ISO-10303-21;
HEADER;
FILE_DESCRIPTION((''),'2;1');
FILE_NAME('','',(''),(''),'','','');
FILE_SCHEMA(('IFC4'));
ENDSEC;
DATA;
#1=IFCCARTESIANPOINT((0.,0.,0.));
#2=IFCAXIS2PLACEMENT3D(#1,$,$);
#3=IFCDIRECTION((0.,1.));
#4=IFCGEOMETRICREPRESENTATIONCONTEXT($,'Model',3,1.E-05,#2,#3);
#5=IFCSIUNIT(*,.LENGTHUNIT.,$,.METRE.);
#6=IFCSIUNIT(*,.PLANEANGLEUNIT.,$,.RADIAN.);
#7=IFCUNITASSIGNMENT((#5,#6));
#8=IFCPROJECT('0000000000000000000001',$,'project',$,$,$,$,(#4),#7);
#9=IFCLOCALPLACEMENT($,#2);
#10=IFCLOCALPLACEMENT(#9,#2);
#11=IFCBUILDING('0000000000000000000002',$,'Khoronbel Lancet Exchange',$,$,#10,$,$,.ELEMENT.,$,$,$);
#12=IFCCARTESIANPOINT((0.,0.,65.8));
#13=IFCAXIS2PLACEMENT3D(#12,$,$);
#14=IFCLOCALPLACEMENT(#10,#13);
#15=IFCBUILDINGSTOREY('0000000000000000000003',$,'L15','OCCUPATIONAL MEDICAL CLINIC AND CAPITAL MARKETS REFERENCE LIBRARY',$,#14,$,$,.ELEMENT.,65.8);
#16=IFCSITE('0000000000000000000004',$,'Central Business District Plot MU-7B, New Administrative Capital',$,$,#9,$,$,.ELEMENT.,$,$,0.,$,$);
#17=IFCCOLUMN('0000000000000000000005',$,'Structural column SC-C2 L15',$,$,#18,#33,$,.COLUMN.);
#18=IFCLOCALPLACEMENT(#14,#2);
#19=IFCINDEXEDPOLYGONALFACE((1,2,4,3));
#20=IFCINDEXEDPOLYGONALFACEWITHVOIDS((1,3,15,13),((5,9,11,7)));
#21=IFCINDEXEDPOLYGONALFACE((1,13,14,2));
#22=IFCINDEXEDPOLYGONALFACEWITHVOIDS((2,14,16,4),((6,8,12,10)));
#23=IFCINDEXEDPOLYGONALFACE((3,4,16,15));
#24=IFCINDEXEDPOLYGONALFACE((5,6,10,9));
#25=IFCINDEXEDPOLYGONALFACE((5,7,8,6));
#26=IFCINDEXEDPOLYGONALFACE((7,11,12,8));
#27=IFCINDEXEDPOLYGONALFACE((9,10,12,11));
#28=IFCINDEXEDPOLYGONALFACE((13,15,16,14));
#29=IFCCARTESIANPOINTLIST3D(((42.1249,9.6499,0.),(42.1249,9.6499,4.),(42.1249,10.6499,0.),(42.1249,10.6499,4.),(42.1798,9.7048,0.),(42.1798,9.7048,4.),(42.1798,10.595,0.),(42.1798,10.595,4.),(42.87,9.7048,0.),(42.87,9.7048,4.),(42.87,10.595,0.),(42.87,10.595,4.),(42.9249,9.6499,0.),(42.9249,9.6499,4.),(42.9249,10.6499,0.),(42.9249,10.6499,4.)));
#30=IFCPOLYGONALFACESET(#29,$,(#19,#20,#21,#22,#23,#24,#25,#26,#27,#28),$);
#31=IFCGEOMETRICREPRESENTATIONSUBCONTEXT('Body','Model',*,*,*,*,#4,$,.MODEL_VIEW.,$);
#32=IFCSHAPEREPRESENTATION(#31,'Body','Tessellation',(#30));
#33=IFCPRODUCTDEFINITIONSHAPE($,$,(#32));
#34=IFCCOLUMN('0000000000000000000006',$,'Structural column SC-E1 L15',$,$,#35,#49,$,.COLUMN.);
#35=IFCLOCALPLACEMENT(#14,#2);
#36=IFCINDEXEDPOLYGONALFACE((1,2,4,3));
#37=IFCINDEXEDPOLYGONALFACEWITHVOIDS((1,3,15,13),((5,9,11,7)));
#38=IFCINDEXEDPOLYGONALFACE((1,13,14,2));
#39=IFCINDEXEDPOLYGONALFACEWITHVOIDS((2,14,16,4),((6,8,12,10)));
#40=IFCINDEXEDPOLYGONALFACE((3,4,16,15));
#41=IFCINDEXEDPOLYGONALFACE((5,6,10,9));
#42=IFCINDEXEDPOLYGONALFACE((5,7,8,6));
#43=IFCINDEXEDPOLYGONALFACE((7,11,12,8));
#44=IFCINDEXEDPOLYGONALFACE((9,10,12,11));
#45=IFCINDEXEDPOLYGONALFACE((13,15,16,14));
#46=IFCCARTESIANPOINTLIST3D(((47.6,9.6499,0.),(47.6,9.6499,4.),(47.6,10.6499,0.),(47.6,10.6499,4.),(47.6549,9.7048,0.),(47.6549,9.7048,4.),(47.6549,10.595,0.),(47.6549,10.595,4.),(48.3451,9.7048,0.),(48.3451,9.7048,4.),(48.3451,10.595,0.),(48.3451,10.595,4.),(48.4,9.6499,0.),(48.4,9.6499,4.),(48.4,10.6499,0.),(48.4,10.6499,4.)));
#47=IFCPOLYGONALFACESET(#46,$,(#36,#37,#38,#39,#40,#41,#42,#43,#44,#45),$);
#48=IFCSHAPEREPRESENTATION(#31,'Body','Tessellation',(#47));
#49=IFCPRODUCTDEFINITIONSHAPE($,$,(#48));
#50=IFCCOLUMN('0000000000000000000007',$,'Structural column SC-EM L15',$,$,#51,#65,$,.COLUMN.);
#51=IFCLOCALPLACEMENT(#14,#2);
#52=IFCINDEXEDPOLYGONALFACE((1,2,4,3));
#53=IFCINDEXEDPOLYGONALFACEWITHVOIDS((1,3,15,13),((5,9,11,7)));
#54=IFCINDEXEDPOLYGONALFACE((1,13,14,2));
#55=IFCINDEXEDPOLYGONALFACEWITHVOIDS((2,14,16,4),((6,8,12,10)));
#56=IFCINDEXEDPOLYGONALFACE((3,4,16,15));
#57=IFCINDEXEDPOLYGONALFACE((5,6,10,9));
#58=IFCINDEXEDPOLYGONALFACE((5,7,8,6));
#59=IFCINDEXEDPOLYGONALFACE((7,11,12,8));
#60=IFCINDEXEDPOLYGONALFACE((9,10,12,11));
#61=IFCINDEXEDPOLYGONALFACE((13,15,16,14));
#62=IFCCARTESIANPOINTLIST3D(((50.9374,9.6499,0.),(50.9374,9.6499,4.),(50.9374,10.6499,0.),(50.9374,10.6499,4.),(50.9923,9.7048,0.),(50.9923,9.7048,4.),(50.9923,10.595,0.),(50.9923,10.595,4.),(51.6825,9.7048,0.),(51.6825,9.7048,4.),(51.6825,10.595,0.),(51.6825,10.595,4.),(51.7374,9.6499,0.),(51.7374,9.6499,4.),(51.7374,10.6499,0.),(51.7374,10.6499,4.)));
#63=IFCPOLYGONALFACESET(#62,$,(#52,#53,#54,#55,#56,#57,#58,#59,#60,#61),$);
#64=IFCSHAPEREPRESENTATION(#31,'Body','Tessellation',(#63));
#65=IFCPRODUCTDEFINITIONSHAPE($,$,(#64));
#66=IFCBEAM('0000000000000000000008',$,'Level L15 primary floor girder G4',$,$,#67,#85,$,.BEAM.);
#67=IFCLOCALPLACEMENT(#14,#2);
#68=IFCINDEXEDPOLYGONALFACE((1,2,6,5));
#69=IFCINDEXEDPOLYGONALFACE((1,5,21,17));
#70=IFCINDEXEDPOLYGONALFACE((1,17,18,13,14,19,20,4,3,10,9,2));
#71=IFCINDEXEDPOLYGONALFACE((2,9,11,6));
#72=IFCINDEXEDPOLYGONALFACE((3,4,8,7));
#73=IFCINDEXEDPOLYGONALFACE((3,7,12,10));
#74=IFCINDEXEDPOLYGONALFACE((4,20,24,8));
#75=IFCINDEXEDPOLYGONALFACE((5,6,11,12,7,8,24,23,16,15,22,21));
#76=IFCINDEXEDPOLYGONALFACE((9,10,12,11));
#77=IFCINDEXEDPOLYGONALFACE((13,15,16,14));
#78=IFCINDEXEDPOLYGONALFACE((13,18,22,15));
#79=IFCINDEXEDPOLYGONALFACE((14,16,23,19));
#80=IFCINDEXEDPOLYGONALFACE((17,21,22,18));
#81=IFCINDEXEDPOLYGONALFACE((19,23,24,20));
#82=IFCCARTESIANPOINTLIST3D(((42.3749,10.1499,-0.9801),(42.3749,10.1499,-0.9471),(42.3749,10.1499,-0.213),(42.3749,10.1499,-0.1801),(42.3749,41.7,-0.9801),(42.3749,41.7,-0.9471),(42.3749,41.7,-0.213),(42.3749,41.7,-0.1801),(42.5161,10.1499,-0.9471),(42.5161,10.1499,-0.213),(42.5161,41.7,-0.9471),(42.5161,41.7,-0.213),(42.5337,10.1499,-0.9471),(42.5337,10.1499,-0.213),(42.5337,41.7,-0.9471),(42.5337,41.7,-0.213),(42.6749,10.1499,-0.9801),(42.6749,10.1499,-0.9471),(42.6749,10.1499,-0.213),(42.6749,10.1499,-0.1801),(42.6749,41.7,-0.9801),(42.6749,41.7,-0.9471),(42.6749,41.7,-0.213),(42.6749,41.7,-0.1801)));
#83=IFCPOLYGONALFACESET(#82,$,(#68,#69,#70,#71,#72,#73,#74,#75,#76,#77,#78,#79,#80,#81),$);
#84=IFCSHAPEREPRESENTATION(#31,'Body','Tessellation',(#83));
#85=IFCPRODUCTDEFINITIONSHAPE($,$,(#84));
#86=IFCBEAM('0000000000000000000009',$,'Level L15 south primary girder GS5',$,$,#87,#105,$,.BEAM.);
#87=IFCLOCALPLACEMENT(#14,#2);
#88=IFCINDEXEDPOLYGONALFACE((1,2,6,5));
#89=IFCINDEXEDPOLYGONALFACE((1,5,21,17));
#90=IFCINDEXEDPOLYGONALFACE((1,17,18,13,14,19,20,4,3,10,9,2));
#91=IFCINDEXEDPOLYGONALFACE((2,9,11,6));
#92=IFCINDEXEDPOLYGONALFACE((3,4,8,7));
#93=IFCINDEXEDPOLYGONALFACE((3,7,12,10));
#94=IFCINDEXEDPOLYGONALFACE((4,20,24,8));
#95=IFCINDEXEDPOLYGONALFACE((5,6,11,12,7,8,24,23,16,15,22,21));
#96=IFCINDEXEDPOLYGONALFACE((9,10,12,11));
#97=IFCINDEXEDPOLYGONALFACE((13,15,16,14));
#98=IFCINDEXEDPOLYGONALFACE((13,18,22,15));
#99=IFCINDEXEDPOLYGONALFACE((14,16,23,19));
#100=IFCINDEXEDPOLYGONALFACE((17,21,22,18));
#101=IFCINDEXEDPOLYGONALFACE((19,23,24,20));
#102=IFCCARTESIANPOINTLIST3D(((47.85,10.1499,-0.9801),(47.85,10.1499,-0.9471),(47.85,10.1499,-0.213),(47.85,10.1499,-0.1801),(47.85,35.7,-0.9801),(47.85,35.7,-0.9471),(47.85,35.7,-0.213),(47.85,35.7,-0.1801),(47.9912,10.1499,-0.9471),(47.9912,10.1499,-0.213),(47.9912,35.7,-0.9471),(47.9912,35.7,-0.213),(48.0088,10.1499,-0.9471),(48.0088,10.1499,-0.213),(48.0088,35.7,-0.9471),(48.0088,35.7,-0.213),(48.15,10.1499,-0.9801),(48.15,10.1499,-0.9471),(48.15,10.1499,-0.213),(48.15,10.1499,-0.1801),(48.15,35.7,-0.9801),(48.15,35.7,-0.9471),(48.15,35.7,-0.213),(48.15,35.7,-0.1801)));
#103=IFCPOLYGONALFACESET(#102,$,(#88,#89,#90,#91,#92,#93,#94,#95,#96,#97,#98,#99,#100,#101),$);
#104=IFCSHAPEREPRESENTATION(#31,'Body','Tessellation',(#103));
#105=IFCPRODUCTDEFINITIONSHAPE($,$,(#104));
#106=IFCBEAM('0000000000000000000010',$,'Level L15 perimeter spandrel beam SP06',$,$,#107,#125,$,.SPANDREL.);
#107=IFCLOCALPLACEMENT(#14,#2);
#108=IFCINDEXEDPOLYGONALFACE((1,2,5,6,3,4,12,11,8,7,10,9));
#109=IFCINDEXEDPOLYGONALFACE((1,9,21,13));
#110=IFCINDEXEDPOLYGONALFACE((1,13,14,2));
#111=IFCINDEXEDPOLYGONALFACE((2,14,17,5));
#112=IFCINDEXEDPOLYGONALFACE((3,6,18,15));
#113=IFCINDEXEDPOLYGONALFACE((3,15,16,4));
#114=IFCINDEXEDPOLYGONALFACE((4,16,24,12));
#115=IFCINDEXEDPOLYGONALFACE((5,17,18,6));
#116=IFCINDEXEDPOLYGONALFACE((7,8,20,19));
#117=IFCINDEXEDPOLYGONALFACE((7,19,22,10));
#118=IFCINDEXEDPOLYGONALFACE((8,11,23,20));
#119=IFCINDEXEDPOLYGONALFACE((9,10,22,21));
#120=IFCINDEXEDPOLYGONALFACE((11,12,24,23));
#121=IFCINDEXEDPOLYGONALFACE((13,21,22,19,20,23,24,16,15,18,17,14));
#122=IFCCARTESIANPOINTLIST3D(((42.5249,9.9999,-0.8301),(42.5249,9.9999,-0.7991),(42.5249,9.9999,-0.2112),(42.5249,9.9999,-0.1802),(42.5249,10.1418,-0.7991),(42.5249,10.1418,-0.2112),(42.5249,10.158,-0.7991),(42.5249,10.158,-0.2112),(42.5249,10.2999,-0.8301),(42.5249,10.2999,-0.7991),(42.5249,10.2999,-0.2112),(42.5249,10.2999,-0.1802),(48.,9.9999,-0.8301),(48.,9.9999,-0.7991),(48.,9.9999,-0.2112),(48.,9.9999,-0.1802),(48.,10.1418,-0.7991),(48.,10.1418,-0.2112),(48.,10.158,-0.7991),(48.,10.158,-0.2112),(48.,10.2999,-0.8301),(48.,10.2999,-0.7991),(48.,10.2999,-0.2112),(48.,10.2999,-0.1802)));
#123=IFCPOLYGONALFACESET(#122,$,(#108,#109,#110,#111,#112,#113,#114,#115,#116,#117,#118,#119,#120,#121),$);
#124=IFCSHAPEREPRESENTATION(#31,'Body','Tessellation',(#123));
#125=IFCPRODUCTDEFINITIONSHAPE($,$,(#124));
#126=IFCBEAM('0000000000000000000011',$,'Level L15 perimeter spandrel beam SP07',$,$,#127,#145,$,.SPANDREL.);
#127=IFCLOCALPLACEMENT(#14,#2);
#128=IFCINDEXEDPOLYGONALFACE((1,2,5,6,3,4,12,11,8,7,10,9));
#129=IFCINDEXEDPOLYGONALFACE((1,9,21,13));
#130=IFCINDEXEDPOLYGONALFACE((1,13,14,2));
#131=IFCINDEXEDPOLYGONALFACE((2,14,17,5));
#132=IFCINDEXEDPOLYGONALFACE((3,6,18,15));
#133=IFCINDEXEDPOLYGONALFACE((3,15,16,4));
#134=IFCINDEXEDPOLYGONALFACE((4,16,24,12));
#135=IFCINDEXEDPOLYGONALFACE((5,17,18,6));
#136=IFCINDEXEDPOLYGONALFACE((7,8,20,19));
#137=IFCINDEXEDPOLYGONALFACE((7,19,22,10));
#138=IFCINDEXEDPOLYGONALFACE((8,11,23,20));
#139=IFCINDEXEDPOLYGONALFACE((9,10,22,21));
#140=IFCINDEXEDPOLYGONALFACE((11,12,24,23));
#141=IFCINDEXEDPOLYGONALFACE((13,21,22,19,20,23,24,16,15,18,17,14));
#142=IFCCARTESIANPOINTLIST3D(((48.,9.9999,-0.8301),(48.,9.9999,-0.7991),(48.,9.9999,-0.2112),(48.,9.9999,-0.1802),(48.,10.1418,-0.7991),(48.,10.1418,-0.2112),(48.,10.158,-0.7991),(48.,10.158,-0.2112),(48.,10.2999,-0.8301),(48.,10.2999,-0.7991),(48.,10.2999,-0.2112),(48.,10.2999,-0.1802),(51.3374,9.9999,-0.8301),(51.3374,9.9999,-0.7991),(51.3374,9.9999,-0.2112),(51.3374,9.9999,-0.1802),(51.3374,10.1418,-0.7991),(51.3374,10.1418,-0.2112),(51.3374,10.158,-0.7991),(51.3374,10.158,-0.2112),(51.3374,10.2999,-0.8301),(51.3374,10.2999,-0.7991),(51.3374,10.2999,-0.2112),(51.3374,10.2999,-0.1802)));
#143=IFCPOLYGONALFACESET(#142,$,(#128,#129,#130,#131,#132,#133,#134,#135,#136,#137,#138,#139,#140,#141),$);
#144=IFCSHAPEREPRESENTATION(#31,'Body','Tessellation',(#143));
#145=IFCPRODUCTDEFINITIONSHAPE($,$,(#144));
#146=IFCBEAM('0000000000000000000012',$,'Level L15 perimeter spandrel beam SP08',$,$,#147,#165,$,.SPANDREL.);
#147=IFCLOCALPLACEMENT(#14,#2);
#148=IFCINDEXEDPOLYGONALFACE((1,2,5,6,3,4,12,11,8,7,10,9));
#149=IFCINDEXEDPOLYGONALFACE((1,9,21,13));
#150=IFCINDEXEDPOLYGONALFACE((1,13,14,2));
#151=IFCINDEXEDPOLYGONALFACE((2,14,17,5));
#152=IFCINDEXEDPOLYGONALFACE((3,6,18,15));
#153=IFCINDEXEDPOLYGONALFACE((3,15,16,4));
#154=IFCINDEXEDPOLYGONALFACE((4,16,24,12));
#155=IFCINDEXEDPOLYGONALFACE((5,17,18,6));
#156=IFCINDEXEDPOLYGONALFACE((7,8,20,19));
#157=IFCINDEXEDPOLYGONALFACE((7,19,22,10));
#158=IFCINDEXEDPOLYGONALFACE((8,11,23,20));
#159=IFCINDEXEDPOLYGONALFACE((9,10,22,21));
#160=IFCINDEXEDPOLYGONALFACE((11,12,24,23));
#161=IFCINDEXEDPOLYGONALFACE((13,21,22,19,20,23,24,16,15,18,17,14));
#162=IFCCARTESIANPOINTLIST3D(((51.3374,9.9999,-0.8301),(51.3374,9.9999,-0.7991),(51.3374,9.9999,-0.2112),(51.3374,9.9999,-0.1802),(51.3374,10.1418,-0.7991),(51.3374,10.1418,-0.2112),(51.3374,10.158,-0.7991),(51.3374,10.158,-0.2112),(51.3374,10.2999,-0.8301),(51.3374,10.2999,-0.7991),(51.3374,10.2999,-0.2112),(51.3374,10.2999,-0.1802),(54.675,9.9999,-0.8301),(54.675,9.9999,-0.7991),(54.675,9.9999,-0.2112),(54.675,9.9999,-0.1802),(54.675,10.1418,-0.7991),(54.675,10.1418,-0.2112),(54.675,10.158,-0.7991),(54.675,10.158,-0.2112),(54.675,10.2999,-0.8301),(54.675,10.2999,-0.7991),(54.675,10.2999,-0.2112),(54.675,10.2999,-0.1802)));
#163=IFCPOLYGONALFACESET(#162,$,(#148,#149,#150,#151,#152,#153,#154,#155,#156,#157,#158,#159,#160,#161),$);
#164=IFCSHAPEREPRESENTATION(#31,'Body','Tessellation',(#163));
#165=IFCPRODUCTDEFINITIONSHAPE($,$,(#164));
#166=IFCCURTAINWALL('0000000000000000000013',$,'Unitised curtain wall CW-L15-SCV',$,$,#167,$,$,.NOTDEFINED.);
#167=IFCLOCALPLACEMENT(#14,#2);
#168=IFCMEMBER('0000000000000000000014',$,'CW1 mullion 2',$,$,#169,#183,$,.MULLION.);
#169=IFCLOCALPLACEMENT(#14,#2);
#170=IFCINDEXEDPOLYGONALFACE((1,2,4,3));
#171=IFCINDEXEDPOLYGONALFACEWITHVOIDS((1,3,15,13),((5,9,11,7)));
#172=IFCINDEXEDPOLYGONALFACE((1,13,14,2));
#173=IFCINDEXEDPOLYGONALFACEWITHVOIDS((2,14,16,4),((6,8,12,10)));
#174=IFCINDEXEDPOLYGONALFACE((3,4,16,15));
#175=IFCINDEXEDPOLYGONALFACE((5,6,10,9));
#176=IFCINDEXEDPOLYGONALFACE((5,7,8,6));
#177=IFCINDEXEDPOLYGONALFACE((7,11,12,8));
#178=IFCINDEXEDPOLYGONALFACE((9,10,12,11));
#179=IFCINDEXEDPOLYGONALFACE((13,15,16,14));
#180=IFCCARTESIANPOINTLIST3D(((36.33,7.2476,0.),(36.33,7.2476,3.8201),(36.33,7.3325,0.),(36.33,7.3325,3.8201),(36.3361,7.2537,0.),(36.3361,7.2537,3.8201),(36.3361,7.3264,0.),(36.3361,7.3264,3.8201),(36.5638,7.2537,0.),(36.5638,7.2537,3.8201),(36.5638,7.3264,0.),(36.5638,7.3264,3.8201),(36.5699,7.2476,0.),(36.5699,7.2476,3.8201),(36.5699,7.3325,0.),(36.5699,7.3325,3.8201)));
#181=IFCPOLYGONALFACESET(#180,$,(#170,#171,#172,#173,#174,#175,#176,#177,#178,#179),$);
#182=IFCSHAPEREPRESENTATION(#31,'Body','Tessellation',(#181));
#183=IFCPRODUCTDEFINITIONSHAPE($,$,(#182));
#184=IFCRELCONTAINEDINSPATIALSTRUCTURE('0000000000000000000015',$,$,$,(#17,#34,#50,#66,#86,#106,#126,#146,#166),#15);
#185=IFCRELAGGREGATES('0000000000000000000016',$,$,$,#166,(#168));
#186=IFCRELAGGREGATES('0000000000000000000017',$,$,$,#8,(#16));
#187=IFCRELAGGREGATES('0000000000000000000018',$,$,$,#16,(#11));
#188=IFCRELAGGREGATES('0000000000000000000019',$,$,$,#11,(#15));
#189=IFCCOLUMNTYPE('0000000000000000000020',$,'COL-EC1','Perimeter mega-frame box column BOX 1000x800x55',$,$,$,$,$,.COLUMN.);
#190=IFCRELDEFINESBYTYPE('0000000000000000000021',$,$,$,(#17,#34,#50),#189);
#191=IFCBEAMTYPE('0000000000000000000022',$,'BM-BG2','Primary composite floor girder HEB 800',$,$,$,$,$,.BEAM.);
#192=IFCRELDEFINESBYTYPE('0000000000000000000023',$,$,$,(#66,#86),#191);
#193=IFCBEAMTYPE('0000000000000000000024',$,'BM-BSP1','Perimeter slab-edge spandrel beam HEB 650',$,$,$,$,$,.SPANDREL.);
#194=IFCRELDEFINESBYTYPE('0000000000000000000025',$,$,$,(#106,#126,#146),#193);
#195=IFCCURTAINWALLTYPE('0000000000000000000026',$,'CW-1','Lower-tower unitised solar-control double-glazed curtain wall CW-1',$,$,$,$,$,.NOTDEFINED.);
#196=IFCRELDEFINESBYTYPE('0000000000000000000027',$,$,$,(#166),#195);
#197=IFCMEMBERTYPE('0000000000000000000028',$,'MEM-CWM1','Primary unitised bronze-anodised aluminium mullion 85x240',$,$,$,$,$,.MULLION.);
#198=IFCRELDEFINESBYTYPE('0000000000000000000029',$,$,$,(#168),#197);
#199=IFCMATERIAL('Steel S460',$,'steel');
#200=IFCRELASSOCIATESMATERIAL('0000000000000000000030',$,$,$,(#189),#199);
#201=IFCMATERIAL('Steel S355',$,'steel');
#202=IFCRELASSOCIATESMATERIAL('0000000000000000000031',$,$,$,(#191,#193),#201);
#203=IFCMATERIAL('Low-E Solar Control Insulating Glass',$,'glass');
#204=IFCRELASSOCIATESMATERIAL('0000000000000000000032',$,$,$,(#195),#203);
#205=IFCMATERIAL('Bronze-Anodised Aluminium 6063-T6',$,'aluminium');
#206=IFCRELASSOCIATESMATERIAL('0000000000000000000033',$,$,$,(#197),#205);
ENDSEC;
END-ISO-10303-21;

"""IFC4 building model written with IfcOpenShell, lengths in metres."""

from ifc_helpers import new_model, si_unit, direction, frame, origin, origin_2d, place, context, subcontext, project, spatial, hollow_rectangle, i_section, extrude, material, material_profile, profile_set, type_object, element, aggregate, save


model = new_model("IFC4")

# Units and contexts
model_context = context("Model", 3, precision=1e-05, world=origin(), true_north=direction((0.0, 1.0)))
body_context = subcontext(model_context, "Body", "Model", "MODEL_VIEW")
ifc_project = project(units=[si_unit("LENGTHUNIT", "METRE"), si_unit("PLANEANGLEUNIT", "RADIAN")], contexts=[model_context])

# Site, building, storey
site_placement = place(None, origin())
site = spatial("IfcSite", under=ifc_project, at=site_placement, Name="Central Business District Plot MU-7B, New Administrative Capital", CompositionType="ELEMENT", RefElevation=0.0)
building_placement = place(site_placement, origin())
building = spatial("IfcBuilding", under=site, at=building_placement, Name="Khoronbel Lancet Exchange", CompositionType="ELEMENT")
storey_placement = place(building_placement, frame((0.0, 0.0, 65.8)))
storey = spatial("IfcBuildingStorey", under=building, at=storey_placement, Name="L15", Description="OCCUPATIONAL MEDICAL CLINIC AND CAPITAL MARKETS REFERENCE LIBRARY", CompositionType="ELEMENT", Elevation=65.8)

# Columns
ifc_material_1 = material(Name="Steel S460", Category="steel")
ifc_material_profile_1 = material_profile(ifc_material_1, hollow_rectangle(XDim=0.8, YDim=1.0, WallThickness=0.0549, at=origin_2d()), Name="BOX 1000x800x55")
ifc_profile_set_1 = profile_set([ifc_material_profile_1], Name="Steel S460")
column_type = type_object("IfcColumnType", Name="COL-EC1", Description="Perimeter mega-frame box column BOX 1000x800x55", PredefinedType="COLUMN", material=ifc_profile_set_1)
for number, where, z_axis, x_axis, name in (
    (1, (42.5249, 10.1499, 0.0), (0.0, 0.0, 1.0), (1.0, 0.0, 0.0), "Structural column SC-C2 L15"),
    (2, (48.0, 10.1499, 0.0), (0.0, 0.0, 1.0), (1.0, 0.0, 0.0), "Structural column SC-E1 L15"),
    (3, (51.3374, 10.1499, 0.0), (0.0, 0.0, 1.0), (1.0, 0.0, 0.0), "Structural column SC-EM L15"),
):
    element("IfcColumn", number, at=place(storey_placement, frame(where, z_axis=z_axis, x_axis=x_axis)), inside=storey, type_object=column_type, Name=name, PredefinedType="COLUMN", context=body_context, shape_type="SweptSolid", body=[
        extrude(hollow_rectangle(XDim=0.8, YDim=1.0, WallThickness=0.0549, at=origin_2d()), origin(), (0.0, 0.0, 1.0), 4.0),
    ])

# Beams
ifc_material_2 = material(Name="Steel S355", Category="steel")
ifc_material_profile_2 = material_profile(ifc_material_2, i_section(OverallWidth=0.3, OverallDepth=0.8, WebThickness=0.0176, FlangeThickness=0.033, at=origin_2d()), Name="HEB 800")
ifc_profile_set_2 = profile_set([ifc_material_profile_2], Name="Steel S355")
beam_type_1 = type_object("IfcBeamType", Name="BM-BG2", Description="Primary composite floor girder HEB 800", PredefinedType="BEAM", material=ifc_profile_set_2)
beam_1_placement = place(storey_placement, frame((42.5249, 10.1499, -0.5801), z_axis=(0.0, 1.0, 0.0), x_axis=(-1.0, 0.0, 0.0)))
element("IfcBeam", 4, at=beam_1_placement, inside=storey, type_object=beam_type_1, Name="Level L15 primary floor girder G4", PredefinedType="BEAM", context=body_context, shape_type="SweptSolid", body=[
    extrude(i_section(OverallWidth=0.3, OverallDepth=0.8, WebThickness=0.0176, FlangeThickness=0.033, at=origin_2d()), origin(), (0.0, 0.0, 1.0), 31.55),
])
beam_2_placement = place(storey_placement, frame((48.0, 10.1499, -0.5801), z_axis=(0.0, 1.0, 0.0), x_axis=(-1.0, 0.0, 0.0)))
element("IfcBeam", 5, at=beam_2_placement, inside=storey, type_object=beam_type_1, Name="Level L15 south primary girder GS5", PredefinedType="BEAM", context=body_context, shape_type="SweptSolid", body=[
    extrude(i_section(OverallWidth=0.3, OverallDepth=0.8, WebThickness=0.0176, FlangeThickness=0.033, at=origin_2d()), origin(), (0.0, 0.0, 1.0), 25.55),
])
ifc_material_profile_3 = material_profile(ifc_material_2, i_section(OverallWidth=0.3, OverallDepth=0.6499, WebThickness=0.0161, FlangeThickness=0.031, at=origin_2d()), Name="HEB 650")
ifc_profile_set_3 = profile_set([ifc_material_profile_3], Name="Steel S355")
beam_type_2 = type_object("IfcBeamType", Name="BM-BSP1", Description="Perimeter slab-edge spandrel beam HEB 650", PredefinedType="SPANDREL", material=ifc_profile_set_3)
beam_3_placement = place(storey_placement, frame((42.5249, 10.1499, -0.5051), z_axis=(1.0, 0.0, 0.0), x_axis=(0.0, 1.0, 0.0)))
element("IfcBeam", 6, at=beam_3_placement, inside=storey, type_object=beam_type_2, Name="Level L15 perimeter spandrel beam SP06", PredefinedType="SPANDREL", context=body_context, shape_type="SweptSolid", body=[
    extrude(i_section(OverallWidth=0.3, OverallDepth=0.6499, WebThickness=0.0161, FlangeThickness=0.031, at=origin_2d()), origin(), (0.0, 0.0, 1.0), 5.4751),
])
beam_4_placement = place(storey_placement, frame((48.0, 10.1499, -0.5051), z_axis=(1.0, 0.0, 0.0), x_axis=(0.0, 1.0, 0.0)))
element("IfcBeam", 7, at=beam_4_placement, inside=storey, type_object=beam_type_2, Name="Level L15 perimeter spandrel beam SP07", PredefinedType="SPANDREL", context=body_context, shape_type="SweptSolid", body=[
    extrude(i_section(OverallWidth=0.3, OverallDepth=0.6499, WebThickness=0.0161, FlangeThickness=0.031, at=origin_2d()), origin(), (0.0, 0.0, 1.0), 3.3374),
])
beam_5_placement = place(storey_placement, frame((51.3374, 10.1499, -0.5051), z_axis=(1.0, 0.0, 0.0), x_axis=(0.0, 1.0, 0.0)))
element("IfcBeam", 8, at=beam_5_placement, inside=storey, type_object=beam_type_2, Name="Level L15 perimeter spandrel beam SP08", PredefinedType="SPANDREL", context=body_context, shape_type="SweptSolid", body=[
    extrude(i_section(OverallWidth=0.3, OverallDepth=0.6499, WebThickness=0.0161, FlangeThickness=0.031, at=origin_2d()), origin(), (0.0, 0.0, 1.0), 3.3376),
])

# Curtain wall, member
ifc_material_3 = material(Name="Low-E Solar Control Insulating Glass", Category="glass")
curtain_wall_type = type_object("IfcCurtainWallType", Name="CW-1", Description="Lower-tower unitised solar-control double-glazed curtain wall CW-1", PredefinedType="NOTDEFINED", material=ifc_material_3)
curtain_wall_1_placement = place(storey_placement, origin())
curtain_wall_1 = element("IfcCurtainWall", 9, at=curtain_wall_1_placement, inside=storey, type_object=curtain_wall_type, Name="Unitised curtain wall CW-L15-SCV", PredefinedType="NOTDEFINED")
ifc_material_4 = material(Name="Bronze-Anodised Aluminium 6063-T6", Category="aluminium")
ifc_material_profile_4 = material_profile(ifc_material_4, hollow_rectangle(XDim=0.085, YDim=0.24, WallThickness=0.0061, at=origin_2d()), Name="ALU MULLION 85x240")
ifc_profile_set_4 = profile_set([ifc_material_profile_4], Name="Bronze-Anodised Aluminium 6063-T6")
member_type_1 = type_object("IfcMemberType", Name="MEM-CWM1", Description="Primary unitised bronze-anodised aluminium mullion 85x240", PredefinedType="MULLION", material=ifc_profile_set_4)
member_1_placement = place(storey_placement, frame((36.45, 7.29, 0.0), z_axis=(0.0, 0.0, 1.0), x_axis=(0.0, 1.0, 0.0)))
member_1 = element("IfcMember", 10, at=member_1_placement, type_object=member_type_1, Name="CW1 mullion 2", PredefinedType="MULLION", context=body_context, shape_type="SweptSolid", body=[
    extrude(hollow_rectangle(XDim=0.085, YDim=0.24, WallThickness=0.0061, at=origin_2d()), origin(), (0.0, 0.0, 1.0), 3.8201),
])

aggregate(curtain_wall_1, [member_1])

save(model, "model.ifc")
